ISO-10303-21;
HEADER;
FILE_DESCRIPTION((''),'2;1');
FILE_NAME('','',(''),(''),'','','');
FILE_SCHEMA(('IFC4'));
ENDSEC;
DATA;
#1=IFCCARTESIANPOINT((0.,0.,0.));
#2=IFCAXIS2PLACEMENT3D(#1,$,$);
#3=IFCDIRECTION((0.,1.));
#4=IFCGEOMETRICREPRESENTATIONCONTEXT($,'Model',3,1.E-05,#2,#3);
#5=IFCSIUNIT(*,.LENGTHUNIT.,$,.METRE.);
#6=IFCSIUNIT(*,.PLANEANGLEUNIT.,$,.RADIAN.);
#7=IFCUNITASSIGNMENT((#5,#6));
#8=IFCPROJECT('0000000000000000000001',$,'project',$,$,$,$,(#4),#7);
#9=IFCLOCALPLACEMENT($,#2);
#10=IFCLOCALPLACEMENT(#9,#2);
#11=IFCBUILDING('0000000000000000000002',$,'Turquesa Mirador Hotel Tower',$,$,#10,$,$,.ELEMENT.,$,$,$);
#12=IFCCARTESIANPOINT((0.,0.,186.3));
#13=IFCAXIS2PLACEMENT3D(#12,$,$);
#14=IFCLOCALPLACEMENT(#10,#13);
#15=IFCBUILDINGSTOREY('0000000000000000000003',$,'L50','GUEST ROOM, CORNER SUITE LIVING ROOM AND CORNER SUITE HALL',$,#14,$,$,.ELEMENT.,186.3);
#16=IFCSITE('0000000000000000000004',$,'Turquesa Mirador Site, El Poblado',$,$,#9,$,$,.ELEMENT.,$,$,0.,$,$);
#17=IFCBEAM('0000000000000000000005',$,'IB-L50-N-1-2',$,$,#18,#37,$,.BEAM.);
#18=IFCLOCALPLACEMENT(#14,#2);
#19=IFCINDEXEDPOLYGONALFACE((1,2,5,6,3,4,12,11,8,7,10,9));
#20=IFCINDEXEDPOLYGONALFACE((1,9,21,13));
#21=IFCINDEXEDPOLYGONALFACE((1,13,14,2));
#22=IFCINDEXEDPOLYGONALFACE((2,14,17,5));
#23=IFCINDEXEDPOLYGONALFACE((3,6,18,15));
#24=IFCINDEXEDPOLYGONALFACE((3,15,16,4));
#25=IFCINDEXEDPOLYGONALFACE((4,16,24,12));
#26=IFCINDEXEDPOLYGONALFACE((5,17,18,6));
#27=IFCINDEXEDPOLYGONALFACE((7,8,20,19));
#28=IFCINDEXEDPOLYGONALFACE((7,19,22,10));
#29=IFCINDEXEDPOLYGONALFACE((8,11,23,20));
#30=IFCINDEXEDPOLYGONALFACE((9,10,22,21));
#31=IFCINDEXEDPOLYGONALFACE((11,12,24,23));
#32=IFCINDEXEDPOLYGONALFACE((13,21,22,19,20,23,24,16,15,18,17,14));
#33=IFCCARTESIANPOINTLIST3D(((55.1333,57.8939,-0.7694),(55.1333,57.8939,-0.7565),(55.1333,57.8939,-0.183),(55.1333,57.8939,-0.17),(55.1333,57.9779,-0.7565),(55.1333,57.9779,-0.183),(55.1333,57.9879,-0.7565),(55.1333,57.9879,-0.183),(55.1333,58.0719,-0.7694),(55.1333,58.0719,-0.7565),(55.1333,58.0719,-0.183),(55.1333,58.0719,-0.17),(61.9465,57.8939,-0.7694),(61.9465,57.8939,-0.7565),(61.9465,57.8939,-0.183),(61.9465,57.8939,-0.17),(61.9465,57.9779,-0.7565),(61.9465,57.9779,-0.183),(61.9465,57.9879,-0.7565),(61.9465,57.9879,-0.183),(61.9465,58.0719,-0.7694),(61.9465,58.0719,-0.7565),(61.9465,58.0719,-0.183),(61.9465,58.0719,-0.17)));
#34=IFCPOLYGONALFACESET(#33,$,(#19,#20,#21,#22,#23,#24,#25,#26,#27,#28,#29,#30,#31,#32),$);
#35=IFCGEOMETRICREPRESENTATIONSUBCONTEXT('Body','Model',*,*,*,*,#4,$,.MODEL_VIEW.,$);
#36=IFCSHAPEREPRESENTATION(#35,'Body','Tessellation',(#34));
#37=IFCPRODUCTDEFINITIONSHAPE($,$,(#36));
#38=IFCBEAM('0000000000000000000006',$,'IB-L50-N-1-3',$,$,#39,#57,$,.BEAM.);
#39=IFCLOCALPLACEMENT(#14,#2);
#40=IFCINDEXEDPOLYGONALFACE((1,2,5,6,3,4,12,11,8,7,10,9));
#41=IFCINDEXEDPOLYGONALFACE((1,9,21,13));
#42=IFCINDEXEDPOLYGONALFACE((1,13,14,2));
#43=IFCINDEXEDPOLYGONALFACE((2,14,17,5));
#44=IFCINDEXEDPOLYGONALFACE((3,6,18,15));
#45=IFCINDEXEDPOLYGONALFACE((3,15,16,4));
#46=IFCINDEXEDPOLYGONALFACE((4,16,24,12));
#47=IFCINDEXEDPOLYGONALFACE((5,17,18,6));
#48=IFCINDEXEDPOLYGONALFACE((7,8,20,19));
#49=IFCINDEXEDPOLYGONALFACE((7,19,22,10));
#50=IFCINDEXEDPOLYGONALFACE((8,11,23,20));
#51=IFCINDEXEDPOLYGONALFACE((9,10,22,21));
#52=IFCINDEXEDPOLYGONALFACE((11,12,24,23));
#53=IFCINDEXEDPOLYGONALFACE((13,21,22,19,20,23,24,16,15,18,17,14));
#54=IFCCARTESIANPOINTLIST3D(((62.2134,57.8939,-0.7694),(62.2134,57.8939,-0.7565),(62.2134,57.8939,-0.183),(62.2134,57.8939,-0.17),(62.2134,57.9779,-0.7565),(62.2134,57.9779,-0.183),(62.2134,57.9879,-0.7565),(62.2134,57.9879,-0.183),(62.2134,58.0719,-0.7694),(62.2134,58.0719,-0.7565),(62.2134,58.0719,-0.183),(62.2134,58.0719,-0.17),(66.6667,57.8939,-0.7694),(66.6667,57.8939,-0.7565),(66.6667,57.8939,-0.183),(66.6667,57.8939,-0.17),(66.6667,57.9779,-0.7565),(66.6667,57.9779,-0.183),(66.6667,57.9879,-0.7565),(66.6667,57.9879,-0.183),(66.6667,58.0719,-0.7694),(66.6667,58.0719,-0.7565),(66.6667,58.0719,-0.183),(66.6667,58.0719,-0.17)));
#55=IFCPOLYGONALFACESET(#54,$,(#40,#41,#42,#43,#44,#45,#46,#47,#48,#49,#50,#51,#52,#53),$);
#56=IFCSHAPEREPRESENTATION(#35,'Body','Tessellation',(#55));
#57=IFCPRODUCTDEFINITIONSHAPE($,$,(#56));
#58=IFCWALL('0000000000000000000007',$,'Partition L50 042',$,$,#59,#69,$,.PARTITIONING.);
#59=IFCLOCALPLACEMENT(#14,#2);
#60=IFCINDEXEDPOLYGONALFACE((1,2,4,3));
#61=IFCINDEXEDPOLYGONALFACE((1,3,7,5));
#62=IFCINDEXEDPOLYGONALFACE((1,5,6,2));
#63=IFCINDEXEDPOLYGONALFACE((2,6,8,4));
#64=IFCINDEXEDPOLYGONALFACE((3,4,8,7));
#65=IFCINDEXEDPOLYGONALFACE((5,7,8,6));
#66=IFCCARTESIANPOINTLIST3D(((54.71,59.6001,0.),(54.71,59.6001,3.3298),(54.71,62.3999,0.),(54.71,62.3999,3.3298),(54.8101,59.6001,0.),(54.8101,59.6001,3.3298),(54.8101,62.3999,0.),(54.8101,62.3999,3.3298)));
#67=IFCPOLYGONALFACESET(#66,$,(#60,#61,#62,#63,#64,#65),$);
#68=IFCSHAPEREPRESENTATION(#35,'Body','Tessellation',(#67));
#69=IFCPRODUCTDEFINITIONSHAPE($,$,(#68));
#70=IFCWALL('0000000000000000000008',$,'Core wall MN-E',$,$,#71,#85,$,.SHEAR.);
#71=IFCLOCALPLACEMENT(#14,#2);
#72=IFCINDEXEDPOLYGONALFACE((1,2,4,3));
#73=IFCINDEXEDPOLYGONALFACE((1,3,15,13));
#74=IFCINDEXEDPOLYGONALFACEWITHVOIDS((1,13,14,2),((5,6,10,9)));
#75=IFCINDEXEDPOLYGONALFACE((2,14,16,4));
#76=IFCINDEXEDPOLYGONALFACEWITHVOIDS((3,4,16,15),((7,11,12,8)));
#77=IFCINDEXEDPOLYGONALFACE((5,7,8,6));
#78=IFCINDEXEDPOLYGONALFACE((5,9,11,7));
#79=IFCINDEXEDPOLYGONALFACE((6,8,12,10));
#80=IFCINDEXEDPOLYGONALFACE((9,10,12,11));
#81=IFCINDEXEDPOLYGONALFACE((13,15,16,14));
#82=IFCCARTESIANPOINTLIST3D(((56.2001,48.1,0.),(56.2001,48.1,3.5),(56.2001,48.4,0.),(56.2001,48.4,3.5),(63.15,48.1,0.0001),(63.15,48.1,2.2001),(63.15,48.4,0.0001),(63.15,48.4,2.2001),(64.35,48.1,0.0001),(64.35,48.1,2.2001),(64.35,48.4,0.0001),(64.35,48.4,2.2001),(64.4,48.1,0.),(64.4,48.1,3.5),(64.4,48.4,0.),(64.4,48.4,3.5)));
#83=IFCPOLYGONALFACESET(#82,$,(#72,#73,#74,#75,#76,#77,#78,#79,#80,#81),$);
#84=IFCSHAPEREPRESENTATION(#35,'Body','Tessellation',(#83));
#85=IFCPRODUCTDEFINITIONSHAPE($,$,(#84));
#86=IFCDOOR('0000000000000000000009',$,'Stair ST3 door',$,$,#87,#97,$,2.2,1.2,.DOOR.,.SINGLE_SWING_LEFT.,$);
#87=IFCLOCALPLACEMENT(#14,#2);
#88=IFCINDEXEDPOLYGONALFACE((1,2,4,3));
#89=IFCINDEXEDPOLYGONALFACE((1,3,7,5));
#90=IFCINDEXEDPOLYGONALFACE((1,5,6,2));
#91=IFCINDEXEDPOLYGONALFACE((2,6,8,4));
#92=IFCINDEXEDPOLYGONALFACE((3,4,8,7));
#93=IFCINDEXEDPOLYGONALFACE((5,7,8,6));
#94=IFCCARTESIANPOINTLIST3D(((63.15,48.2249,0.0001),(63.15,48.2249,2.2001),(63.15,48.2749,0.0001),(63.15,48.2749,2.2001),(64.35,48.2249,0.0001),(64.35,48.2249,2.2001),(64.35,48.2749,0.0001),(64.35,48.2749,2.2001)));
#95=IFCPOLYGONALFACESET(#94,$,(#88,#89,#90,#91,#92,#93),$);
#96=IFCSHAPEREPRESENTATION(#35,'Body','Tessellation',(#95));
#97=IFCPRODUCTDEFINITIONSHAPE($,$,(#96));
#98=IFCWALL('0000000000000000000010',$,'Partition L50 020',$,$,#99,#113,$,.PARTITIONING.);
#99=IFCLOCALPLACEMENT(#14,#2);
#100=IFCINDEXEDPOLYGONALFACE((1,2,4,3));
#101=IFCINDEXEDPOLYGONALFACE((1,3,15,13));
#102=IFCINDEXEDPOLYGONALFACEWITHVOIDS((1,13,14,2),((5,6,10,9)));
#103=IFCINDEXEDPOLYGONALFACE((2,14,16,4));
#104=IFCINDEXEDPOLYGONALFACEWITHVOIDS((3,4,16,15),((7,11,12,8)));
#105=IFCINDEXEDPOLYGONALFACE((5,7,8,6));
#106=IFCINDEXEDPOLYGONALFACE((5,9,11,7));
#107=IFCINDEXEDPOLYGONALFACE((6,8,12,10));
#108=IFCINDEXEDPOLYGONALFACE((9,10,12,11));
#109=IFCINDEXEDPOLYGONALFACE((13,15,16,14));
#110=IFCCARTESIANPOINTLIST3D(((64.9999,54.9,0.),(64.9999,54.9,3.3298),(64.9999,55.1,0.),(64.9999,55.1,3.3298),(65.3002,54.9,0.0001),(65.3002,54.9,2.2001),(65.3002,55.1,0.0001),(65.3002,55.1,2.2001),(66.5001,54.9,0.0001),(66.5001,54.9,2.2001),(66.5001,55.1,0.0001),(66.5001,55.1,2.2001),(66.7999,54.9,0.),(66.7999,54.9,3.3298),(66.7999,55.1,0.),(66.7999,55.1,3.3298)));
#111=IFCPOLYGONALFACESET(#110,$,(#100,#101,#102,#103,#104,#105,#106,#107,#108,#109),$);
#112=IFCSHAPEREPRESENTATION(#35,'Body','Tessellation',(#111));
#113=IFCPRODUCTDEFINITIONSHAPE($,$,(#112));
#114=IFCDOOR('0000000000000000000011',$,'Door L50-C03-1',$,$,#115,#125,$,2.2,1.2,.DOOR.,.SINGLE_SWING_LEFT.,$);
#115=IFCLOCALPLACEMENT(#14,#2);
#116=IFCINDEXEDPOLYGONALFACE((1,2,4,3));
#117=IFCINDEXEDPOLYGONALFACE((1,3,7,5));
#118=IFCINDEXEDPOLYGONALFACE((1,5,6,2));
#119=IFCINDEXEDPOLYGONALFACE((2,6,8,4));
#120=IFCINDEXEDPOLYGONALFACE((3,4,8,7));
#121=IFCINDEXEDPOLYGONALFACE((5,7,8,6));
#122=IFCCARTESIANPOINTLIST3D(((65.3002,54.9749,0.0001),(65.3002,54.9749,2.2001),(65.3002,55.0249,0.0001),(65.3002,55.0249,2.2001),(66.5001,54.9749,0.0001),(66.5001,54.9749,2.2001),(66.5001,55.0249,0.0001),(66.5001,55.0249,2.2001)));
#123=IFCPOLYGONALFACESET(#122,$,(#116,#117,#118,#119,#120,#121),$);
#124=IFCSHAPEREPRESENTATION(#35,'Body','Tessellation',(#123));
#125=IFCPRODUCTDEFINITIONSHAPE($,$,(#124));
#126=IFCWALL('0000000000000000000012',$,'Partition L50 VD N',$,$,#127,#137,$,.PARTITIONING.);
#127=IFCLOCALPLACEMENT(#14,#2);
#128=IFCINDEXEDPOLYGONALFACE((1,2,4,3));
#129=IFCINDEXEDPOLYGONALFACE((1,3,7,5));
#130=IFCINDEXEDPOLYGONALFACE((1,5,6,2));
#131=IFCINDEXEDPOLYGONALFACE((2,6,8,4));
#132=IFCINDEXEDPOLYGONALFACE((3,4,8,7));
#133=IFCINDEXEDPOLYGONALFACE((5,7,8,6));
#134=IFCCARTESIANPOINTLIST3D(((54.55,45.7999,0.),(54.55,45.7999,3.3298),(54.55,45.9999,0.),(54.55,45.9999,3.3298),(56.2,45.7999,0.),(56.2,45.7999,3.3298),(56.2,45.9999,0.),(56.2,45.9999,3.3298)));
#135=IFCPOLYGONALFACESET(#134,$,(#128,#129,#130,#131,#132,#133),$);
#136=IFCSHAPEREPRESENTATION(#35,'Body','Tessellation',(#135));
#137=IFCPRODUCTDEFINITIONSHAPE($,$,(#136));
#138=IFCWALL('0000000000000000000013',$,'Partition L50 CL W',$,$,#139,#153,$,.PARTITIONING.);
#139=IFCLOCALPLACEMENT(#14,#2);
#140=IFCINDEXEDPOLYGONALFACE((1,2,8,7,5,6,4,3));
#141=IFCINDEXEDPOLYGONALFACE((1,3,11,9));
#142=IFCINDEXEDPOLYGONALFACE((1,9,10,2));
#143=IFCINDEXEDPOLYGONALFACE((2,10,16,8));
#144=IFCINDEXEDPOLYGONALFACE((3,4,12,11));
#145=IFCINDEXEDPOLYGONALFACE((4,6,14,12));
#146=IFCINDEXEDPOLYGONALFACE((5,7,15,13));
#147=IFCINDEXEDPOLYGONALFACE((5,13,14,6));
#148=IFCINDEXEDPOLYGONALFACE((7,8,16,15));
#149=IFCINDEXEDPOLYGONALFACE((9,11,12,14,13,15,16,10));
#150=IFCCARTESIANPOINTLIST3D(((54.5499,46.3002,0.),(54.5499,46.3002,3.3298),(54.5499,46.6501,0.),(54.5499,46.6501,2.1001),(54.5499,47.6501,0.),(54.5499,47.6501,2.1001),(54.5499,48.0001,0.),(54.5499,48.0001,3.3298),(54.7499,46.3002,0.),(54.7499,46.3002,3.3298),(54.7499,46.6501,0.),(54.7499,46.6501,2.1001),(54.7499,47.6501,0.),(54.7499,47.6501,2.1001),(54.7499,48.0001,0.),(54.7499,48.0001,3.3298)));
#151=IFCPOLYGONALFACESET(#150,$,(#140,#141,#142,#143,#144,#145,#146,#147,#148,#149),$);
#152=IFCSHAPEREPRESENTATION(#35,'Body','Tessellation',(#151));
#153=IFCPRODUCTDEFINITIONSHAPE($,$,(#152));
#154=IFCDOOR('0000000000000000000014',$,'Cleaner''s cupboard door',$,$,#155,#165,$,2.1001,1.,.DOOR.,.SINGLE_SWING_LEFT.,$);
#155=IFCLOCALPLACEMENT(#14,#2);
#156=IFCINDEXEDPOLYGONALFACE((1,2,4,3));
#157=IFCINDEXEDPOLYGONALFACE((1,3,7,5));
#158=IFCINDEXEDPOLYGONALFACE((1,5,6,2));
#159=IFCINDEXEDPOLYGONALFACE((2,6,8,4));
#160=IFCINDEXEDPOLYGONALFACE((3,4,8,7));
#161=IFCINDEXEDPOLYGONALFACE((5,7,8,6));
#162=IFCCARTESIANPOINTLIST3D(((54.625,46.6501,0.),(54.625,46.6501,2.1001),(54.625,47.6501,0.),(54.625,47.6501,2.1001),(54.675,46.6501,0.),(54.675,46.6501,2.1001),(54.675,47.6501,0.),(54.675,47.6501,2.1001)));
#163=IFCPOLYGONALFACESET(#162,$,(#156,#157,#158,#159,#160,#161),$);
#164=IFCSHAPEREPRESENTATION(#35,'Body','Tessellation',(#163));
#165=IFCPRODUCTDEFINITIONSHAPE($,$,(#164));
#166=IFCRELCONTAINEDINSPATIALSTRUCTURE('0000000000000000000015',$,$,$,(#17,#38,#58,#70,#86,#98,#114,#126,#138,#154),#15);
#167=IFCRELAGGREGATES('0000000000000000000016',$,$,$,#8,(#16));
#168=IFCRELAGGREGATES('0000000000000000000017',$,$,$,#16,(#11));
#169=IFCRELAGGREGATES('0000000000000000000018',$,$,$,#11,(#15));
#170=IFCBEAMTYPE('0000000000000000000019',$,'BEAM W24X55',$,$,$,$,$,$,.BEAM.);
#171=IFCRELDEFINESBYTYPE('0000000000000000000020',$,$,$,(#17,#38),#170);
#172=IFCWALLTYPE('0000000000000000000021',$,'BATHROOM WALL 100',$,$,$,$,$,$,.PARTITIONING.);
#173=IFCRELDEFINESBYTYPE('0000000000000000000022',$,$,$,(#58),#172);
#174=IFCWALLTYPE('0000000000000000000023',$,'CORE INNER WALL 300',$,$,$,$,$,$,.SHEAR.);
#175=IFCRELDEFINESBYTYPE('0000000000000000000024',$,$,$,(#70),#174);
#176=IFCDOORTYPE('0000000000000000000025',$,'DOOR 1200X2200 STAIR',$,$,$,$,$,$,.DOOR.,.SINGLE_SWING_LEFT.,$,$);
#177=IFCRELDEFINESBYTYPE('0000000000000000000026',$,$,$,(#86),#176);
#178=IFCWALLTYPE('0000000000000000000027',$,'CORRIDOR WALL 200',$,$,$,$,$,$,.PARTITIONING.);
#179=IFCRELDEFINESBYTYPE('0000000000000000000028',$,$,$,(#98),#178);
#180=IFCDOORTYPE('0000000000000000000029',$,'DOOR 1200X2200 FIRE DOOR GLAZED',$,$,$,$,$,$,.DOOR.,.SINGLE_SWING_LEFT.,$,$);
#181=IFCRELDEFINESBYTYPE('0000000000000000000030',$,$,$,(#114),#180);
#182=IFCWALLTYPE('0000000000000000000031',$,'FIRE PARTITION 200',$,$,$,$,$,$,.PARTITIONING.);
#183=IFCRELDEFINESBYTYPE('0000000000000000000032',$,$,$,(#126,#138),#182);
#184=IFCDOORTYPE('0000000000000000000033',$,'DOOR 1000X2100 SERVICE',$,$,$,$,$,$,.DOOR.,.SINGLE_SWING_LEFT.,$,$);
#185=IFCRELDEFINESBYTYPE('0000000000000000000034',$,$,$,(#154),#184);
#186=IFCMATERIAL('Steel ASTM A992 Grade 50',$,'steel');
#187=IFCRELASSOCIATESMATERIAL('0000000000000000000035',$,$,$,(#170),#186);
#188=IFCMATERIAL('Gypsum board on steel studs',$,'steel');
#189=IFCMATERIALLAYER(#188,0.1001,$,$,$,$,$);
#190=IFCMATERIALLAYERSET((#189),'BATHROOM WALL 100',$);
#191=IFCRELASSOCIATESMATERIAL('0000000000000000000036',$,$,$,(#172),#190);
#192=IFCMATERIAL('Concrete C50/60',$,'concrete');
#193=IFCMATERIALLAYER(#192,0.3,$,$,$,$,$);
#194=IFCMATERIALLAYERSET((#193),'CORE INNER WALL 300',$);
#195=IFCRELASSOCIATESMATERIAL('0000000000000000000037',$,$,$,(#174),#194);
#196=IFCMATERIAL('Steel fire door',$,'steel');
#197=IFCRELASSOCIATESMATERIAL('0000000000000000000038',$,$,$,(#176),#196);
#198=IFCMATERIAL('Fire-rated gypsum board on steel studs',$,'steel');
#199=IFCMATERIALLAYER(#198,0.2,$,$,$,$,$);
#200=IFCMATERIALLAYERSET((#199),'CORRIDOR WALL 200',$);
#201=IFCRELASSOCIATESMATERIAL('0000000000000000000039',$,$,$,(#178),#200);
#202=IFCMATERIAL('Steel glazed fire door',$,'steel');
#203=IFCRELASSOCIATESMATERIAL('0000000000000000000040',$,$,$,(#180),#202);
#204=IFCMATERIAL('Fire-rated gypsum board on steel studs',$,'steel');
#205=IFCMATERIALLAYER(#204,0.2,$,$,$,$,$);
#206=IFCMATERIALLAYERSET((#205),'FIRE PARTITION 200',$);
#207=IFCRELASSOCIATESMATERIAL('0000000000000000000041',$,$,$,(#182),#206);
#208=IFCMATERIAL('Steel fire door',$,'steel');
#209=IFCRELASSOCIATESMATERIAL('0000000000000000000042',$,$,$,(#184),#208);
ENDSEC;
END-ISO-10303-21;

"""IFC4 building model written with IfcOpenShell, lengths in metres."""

from ifc_helpers import new_model, si_unit, direction, frame, frame_2d, origin, origin_2d, place, context, subcontext, project, spatial, rectangle, i_section, extrude, material, layer, layer_set, material_profile, profile_set, type_object, element, fill, save


model = new_model("IFC4")

# Units and contexts
model_context = context("Model", 3, precision=1e-05, world=origin(), true_north=direction((0.0, 1.0)))
body_context = subcontext(model_context, "Body", "Model", "MODEL_VIEW")
ifc_project = project(units=[si_unit("LENGTHUNIT", "METRE"), si_unit("PLANEANGLEUNIT", "RADIAN")], contexts=[model_context])

# Site, building, storey
site_placement = place(None, origin())
site = spatial("IfcSite", under=ifc_project, at=site_placement, Name="Turquesa Mirador Site, El Poblado", CompositionType="ELEMENT", RefElevation=0.0)
building_placement = place(site_placement, origin())
building = spatial("IfcBuilding", under=site, at=building_placement, Name="Turquesa Mirador Hotel Tower", CompositionType="ELEMENT")
storey_placement = place(building_placement, frame((0.0, 0.0, 186.3)))
storey = spatial("IfcBuildingStorey", under=building, at=storey_placement, Name="L50", Description="GUEST ROOM, CORNER SUITE LIVING ROOM AND CORNER SUITE HALL", CompositionType="ELEMENT", Elevation=186.3)

# Beams
ifc_material_1 = material(Name="Steel ASTM A992 Grade 50", Category="steel")
ifc_material_profile = material_profile(ifc_material_1, i_section(OverallWidth=0.178, OverallDepth=0.5994, WebThickness=0.01, FlangeThickness=0.0129, at=origin_2d()), Name="W24X55")
ifc_profile_set = profile_set([ifc_material_profile], Name="Steel ASTM A992 Grade 50")
beam_type = type_object("IfcBeamType", Name="BEAM W24X55", PredefinedType="BEAM", material=ifc_profile_set)
beam_1_placement = place(storey_placement, frame((55.1333, 57.9829, -0.4697), z_axis=(1.0, 0.0, 0.0), x_axis=(0.0, 1.0, 0.0)))
element("IfcBeam", 1, at=beam_1_placement, inside=storey, type_object=beam_type, Name="IB-L50-N-1-2", PredefinedType="BEAM", context=body_context, shape_type="SweptSolid", body=[
    extrude(i_section(OverallWidth=0.178, OverallDepth=0.5994, WebThickness=0.01, FlangeThickness=0.0129, at=origin_2d()), origin(), (0.0, 0.0, 1.0), 6.8132),
])
beam_2_placement = place(storey_placement, frame((62.2134, 57.9829, -0.4697), z_axis=(1.0, 0.0, 0.0), x_axis=(0.0, 1.0, 0.0)))
element("IfcBeam", 2, at=beam_2_placement, inside=storey, type_object=beam_type, Name="IB-L50-N-1-3", PredefinedType="BEAM", context=body_context, shape_type="SweptSolid", body=[
    extrude(i_section(OverallWidth=0.178, OverallDepth=0.5994, WebThickness=0.01, FlangeThickness=0.0129, at=origin_2d()), origin(), (0.0, 0.0, 1.0), 4.4534),
])

# Wall
ifc_material_2 = material(Name="Gypsum board on steel studs", Category="steel")
ifc_layer_1 = layer(ifc_material_2, 0.1001)
ifc_layer_set_1 = layer_set([ifc_layer_1], Name="BATHROOM WALL 100")
wall_type_1 = type_object("IfcWallType", Name="BATHROOM WALL 100", PredefinedType="PARTITIONING", material=ifc_layer_set_1)
wall_1_placement = place(storey_placement, frame((54.76, 59.6001, 0.0), z_axis=(0.0, 0.0, 1.0), x_axis=(0.0, 1.0, 0.0)))
element("IfcWall", 3, at=wall_1_placement, inside=storey, type_object=wall_type_1, Name="Partition L50 042", PredefinedType="PARTITIONING", context=body_context, shape_type="SweptSolid", body=[
    extrude(rectangle(XDim=2.7998, YDim=0.1001, at=frame_2d((1.3999, 0.0))), origin(), (0.0, 0.0, 1.0), 3.3298),
])

# Walls, openings, doors
ifc_material_3 = material(Name="Concrete C50/60", Category="concrete")
ifc_layer_2 = layer(ifc_material_3, 0.3)
ifc_layer_set_2 = layer_set([ifc_layer_2], Name="CORE INNER WALL 300")
wall_type_2 = type_object("IfcWallType", Name="CORE INNER WALL 300", PredefinedType="SHEAR", material=ifc_layer_set_2)
wall_2_placement = place(storey_placement, frame((56.2, 48.25, 0.0), z_axis=(0.0, 0.0, 1.0), x_axis=(1.0, 0.0, 0.0)))
wall_2 = element("IfcWall", 4, at=wall_2_placement, inside=storey, type_object=wall_type_2, Name="Core wall MN-E", PredefinedType="SHEAR", context=body_context, shape_type="SweptSolid", body=[
    extrude(rectangle(XDim=8.2, YDim=0.3, at=frame_2d((4.1001, 0.0))), origin(), (0.0, 0.0, 1.0), 3.5),
])
opening_1_placement = place(wall_2_placement, frame((6.95, 0.0, 0.0)))
opening_1 = element("IfcOpeningElement", 5, at=opening_1_placement, cuts=wall_2, PredefinedType="OPENING", context=body_context, shape_type="SweptSolid", body=[
    extrude(rectangle(XDim=1.2, YDim=2.2, at=frame_2d((0.6001, 1.1001))), frame((0.0, 0.1599, 0.0), z_axis=(0.0, -1.0, 0.0), x_axis=(1.0, 0.0, 0.0)), (0.0, 0.0, 1.0), 0.3201),
])
ifc_material_4 = material(Name="Steel fire door", Category="steel")
door_type_1 = type_object("IfcDoorType", Name="DOOR 1200X2200 STAIR", OperationType="SINGLE_SWING_LEFT", PredefinedType="DOOR", material=ifc_material_4)
door_1_placement = place(opening_1_placement, origin())
door_1 = element("IfcDoor", 6, at=door_1_placement, inside=storey, type_object=door_type_1, Name="Stair ST3 door", OperationType="SINGLE_SWING_LEFT", OverallHeight=2.2, OverallWidth=1.2, PredefinedType="DOOR", context=body_context, shape_type="SweptSolid", body=[
    extrude(rectangle(XDim=1.2, YDim=2.2, at=frame_2d((0.6001, 1.1001))), frame((0.0, 0.0249, 0.0), z_axis=(0.0, -1.0, 0.0), x_axis=(1.0, 0.0, 0.0)), (0.0, 0.0, 1.0), 0.05),
])
fill(opening_1, door_1)
ifc_material_5 = material(Name="Fire-rated gypsum board on steel studs", Category="steel")
ifc_layer_3 = layer(ifc_material_5, 0.2)
ifc_layer_set_3 = layer_set([ifc_layer_3], Name="CORRIDOR WALL 200")
wall_type_3 = type_object("IfcWallType", Name="CORRIDOR WALL 200", PredefinedType="PARTITIONING", material=ifc_layer_set_3)
wall_3_placement = place(storey_placement, frame((65.0, 55.0, 0.0), z_axis=(0.0, 0.0, 1.0), x_axis=(1.0, 0.0, 0.0)))
wall_3 = element("IfcWall", 7, at=wall_3_placement, inside=storey, type_object=wall_type_3, Name="Partition L50 020", PredefinedType="PARTITIONING", context=body_context, shape_type="SweptSolid", body=[
    extrude(rectangle(XDim=1.8, YDim=0.2, at=frame_2d((0.8999, 0.0))), origin(), (0.0, 0.0, 1.0), 3.3298),
])
opening_2_placement = place(wall_3_placement, frame((0.3, 0.0, 0.0)))
opening_2 = element("IfcOpeningElement", 8, at=opening_2_placement, cuts=wall_3, PredefinedType="OPENING", context=body_context, shape_type="SweptSolid", body=[
    extrude(rectangle(XDim=1.2, YDim=2.2, at=frame_2d((0.6001, 1.1001))), frame((0.0, 0.1099, 0.0), z_axis=(0.0, -1.0, 0.0), x_axis=(1.0, 0.0, 0.0)), (0.0, 0.0, 1.0), 0.22),
])
ifc_material_6 = material(Name="Steel glazed fire door", Category="steel")
door_type_2 = type_object("IfcDoorType", Name="DOOR 1200X2200 FIRE DOOR GLAZED", OperationType="SINGLE_SWING_LEFT", PredefinedType="DOOR", material=ifc_material_6)
door_2_placement = place(opening_2_placement, origin())
door_2 = element("IfcDoor", 9, at=door_2_placement, inside=storey, type_object=door_type_2, Name="Door L50-C03-1", OperationType="SINGLE_SWING_LEFT", OverallHeight=2.2, OverallWidth=1.2, PredefinedType="DOOR", context=body_context, shape_type="SweptSolid", body=[
    extrude(rectangle(XDim=1.2, YDim=2.2, at=frame_2d((0.6001, 1.1001))), frame((0.0, 0.0249, 0.0), z_axis=(0.0, -1.0, 0.0), x_axis=(1.0, 0.0, 0.0)), (0.0, 0.0, 1.0), 0.05),
])
fill(opening_2, door_2)

# Wall
ifc_material_7 = material(Name="Fire-rated gypsum board on steel studs", Category="steel")
ifc_layer_4 = layer(ifc_material_7, 0.2)
ifc_layer_set_4 = layer_set([ifc_layer_4], Name="FIRE PARTITION 200")
wall_type_4 = type_object("IfcWallType", Name="FIRE PARTITION 200", PredefinedType="PARTITIONING", material=ifc_layer_set_4)
wall_4_placement = place(storey_placement, frame((54.55, 45.8999, 0.0), z_axis=(0.0, 0.0, 1.0), x_axis=(1.0, 0.0, 0.0)))
element("IfcWall", 10, at=wall_4_placement, inside=storey, type_object=wall_type_4, Name="Partition L50 VD N", PredefinedType="PARTITIONING", context=body_context, shape_type="SweptSolid", body=[
    extrude(rectangle(XDim=1.6499, YDim=0.2, at=frame_2d((0.825, 0.0))), origin(), (0.0, 0.0, 1.0), 3.3298),
])

# Wall, opening, door
wall_5_placement = place(storey_placement, frame((54.6499, 46.3, 0.0), z_axis=(0.0, 0.0, 1.0), x_axis=(0.0, 1.0, 0.0)))
wall_5 = element("IfcWall", 11, at=wall_5_placement, inside=storey, type_object=wall_type_4, Name="Partition L50 CL W", PredefinedType="PARTITIONING", context=body_context, shape_type="SweptSolid", body=[
    extrude(rectangle(XDim=1.7, YDim=0.2, at=frame_2d((0.8501, 0.0))), origin(), (0.0, 0.0, 1.0), 3.3298),
])
opening_3_placement = place(wall_5_placement, frame((0.3501, 0.0, 0.0)))
opening_3 = element("IfcOpeningElement", 12, at=opening_3_placement, cuts=wall_5, PredefinedType="OPENING", context=body_context, shape_type="SweptSolid", body=[
    extrude(rectangle(XDim=1.0, YDim=2.1001, at=frame_2d((0.5, 1.05))), frame((0.0, 0.1099, 0.0), z_axis=(0.0, -1.0, 0.0), x_axis=(1.0, 0.0, 0.0)), (0.0, 0.0, 1.0), 0.22),
])
ifc_material_8 = material(Name="Steel fire door", Category="steel")
door_type_3 = type_object("IfcDoorType", Name="DOOR 1000X2100 SERVICE", OperationType="SINGLE_SWING_LEFT", PredefinedType="DOOR", material=ifc_material_8)
door_3_placement = place(opening_3_placement, origin())
door_3 = element("IfcDoor", 13, at=door_3_placement, inside=storey, type_object=door_type_3, Name="Cleaner's cupboard door", OperationType="SINGLE_SWING_LEFT", OverallHeight=2.1001, OverallWidth=1.0, PredefinedType="DOOR", context=body_context, shape_type="SweptSolid", body=[
    extrude(rectangle(XDim=1.0, YDim=2.1001, at=frame_2d((0.5, 1.05))), frame((0.0, 0.0249, 0.0), z_axis=(0.0, -1.0, 0.0), x_axis=(1.0, 0.0, 0.0)), (0.0, 0.0, 1.0), 0.05),
])
fill(opening_3, door_3)

save(model, "model.ifc")
